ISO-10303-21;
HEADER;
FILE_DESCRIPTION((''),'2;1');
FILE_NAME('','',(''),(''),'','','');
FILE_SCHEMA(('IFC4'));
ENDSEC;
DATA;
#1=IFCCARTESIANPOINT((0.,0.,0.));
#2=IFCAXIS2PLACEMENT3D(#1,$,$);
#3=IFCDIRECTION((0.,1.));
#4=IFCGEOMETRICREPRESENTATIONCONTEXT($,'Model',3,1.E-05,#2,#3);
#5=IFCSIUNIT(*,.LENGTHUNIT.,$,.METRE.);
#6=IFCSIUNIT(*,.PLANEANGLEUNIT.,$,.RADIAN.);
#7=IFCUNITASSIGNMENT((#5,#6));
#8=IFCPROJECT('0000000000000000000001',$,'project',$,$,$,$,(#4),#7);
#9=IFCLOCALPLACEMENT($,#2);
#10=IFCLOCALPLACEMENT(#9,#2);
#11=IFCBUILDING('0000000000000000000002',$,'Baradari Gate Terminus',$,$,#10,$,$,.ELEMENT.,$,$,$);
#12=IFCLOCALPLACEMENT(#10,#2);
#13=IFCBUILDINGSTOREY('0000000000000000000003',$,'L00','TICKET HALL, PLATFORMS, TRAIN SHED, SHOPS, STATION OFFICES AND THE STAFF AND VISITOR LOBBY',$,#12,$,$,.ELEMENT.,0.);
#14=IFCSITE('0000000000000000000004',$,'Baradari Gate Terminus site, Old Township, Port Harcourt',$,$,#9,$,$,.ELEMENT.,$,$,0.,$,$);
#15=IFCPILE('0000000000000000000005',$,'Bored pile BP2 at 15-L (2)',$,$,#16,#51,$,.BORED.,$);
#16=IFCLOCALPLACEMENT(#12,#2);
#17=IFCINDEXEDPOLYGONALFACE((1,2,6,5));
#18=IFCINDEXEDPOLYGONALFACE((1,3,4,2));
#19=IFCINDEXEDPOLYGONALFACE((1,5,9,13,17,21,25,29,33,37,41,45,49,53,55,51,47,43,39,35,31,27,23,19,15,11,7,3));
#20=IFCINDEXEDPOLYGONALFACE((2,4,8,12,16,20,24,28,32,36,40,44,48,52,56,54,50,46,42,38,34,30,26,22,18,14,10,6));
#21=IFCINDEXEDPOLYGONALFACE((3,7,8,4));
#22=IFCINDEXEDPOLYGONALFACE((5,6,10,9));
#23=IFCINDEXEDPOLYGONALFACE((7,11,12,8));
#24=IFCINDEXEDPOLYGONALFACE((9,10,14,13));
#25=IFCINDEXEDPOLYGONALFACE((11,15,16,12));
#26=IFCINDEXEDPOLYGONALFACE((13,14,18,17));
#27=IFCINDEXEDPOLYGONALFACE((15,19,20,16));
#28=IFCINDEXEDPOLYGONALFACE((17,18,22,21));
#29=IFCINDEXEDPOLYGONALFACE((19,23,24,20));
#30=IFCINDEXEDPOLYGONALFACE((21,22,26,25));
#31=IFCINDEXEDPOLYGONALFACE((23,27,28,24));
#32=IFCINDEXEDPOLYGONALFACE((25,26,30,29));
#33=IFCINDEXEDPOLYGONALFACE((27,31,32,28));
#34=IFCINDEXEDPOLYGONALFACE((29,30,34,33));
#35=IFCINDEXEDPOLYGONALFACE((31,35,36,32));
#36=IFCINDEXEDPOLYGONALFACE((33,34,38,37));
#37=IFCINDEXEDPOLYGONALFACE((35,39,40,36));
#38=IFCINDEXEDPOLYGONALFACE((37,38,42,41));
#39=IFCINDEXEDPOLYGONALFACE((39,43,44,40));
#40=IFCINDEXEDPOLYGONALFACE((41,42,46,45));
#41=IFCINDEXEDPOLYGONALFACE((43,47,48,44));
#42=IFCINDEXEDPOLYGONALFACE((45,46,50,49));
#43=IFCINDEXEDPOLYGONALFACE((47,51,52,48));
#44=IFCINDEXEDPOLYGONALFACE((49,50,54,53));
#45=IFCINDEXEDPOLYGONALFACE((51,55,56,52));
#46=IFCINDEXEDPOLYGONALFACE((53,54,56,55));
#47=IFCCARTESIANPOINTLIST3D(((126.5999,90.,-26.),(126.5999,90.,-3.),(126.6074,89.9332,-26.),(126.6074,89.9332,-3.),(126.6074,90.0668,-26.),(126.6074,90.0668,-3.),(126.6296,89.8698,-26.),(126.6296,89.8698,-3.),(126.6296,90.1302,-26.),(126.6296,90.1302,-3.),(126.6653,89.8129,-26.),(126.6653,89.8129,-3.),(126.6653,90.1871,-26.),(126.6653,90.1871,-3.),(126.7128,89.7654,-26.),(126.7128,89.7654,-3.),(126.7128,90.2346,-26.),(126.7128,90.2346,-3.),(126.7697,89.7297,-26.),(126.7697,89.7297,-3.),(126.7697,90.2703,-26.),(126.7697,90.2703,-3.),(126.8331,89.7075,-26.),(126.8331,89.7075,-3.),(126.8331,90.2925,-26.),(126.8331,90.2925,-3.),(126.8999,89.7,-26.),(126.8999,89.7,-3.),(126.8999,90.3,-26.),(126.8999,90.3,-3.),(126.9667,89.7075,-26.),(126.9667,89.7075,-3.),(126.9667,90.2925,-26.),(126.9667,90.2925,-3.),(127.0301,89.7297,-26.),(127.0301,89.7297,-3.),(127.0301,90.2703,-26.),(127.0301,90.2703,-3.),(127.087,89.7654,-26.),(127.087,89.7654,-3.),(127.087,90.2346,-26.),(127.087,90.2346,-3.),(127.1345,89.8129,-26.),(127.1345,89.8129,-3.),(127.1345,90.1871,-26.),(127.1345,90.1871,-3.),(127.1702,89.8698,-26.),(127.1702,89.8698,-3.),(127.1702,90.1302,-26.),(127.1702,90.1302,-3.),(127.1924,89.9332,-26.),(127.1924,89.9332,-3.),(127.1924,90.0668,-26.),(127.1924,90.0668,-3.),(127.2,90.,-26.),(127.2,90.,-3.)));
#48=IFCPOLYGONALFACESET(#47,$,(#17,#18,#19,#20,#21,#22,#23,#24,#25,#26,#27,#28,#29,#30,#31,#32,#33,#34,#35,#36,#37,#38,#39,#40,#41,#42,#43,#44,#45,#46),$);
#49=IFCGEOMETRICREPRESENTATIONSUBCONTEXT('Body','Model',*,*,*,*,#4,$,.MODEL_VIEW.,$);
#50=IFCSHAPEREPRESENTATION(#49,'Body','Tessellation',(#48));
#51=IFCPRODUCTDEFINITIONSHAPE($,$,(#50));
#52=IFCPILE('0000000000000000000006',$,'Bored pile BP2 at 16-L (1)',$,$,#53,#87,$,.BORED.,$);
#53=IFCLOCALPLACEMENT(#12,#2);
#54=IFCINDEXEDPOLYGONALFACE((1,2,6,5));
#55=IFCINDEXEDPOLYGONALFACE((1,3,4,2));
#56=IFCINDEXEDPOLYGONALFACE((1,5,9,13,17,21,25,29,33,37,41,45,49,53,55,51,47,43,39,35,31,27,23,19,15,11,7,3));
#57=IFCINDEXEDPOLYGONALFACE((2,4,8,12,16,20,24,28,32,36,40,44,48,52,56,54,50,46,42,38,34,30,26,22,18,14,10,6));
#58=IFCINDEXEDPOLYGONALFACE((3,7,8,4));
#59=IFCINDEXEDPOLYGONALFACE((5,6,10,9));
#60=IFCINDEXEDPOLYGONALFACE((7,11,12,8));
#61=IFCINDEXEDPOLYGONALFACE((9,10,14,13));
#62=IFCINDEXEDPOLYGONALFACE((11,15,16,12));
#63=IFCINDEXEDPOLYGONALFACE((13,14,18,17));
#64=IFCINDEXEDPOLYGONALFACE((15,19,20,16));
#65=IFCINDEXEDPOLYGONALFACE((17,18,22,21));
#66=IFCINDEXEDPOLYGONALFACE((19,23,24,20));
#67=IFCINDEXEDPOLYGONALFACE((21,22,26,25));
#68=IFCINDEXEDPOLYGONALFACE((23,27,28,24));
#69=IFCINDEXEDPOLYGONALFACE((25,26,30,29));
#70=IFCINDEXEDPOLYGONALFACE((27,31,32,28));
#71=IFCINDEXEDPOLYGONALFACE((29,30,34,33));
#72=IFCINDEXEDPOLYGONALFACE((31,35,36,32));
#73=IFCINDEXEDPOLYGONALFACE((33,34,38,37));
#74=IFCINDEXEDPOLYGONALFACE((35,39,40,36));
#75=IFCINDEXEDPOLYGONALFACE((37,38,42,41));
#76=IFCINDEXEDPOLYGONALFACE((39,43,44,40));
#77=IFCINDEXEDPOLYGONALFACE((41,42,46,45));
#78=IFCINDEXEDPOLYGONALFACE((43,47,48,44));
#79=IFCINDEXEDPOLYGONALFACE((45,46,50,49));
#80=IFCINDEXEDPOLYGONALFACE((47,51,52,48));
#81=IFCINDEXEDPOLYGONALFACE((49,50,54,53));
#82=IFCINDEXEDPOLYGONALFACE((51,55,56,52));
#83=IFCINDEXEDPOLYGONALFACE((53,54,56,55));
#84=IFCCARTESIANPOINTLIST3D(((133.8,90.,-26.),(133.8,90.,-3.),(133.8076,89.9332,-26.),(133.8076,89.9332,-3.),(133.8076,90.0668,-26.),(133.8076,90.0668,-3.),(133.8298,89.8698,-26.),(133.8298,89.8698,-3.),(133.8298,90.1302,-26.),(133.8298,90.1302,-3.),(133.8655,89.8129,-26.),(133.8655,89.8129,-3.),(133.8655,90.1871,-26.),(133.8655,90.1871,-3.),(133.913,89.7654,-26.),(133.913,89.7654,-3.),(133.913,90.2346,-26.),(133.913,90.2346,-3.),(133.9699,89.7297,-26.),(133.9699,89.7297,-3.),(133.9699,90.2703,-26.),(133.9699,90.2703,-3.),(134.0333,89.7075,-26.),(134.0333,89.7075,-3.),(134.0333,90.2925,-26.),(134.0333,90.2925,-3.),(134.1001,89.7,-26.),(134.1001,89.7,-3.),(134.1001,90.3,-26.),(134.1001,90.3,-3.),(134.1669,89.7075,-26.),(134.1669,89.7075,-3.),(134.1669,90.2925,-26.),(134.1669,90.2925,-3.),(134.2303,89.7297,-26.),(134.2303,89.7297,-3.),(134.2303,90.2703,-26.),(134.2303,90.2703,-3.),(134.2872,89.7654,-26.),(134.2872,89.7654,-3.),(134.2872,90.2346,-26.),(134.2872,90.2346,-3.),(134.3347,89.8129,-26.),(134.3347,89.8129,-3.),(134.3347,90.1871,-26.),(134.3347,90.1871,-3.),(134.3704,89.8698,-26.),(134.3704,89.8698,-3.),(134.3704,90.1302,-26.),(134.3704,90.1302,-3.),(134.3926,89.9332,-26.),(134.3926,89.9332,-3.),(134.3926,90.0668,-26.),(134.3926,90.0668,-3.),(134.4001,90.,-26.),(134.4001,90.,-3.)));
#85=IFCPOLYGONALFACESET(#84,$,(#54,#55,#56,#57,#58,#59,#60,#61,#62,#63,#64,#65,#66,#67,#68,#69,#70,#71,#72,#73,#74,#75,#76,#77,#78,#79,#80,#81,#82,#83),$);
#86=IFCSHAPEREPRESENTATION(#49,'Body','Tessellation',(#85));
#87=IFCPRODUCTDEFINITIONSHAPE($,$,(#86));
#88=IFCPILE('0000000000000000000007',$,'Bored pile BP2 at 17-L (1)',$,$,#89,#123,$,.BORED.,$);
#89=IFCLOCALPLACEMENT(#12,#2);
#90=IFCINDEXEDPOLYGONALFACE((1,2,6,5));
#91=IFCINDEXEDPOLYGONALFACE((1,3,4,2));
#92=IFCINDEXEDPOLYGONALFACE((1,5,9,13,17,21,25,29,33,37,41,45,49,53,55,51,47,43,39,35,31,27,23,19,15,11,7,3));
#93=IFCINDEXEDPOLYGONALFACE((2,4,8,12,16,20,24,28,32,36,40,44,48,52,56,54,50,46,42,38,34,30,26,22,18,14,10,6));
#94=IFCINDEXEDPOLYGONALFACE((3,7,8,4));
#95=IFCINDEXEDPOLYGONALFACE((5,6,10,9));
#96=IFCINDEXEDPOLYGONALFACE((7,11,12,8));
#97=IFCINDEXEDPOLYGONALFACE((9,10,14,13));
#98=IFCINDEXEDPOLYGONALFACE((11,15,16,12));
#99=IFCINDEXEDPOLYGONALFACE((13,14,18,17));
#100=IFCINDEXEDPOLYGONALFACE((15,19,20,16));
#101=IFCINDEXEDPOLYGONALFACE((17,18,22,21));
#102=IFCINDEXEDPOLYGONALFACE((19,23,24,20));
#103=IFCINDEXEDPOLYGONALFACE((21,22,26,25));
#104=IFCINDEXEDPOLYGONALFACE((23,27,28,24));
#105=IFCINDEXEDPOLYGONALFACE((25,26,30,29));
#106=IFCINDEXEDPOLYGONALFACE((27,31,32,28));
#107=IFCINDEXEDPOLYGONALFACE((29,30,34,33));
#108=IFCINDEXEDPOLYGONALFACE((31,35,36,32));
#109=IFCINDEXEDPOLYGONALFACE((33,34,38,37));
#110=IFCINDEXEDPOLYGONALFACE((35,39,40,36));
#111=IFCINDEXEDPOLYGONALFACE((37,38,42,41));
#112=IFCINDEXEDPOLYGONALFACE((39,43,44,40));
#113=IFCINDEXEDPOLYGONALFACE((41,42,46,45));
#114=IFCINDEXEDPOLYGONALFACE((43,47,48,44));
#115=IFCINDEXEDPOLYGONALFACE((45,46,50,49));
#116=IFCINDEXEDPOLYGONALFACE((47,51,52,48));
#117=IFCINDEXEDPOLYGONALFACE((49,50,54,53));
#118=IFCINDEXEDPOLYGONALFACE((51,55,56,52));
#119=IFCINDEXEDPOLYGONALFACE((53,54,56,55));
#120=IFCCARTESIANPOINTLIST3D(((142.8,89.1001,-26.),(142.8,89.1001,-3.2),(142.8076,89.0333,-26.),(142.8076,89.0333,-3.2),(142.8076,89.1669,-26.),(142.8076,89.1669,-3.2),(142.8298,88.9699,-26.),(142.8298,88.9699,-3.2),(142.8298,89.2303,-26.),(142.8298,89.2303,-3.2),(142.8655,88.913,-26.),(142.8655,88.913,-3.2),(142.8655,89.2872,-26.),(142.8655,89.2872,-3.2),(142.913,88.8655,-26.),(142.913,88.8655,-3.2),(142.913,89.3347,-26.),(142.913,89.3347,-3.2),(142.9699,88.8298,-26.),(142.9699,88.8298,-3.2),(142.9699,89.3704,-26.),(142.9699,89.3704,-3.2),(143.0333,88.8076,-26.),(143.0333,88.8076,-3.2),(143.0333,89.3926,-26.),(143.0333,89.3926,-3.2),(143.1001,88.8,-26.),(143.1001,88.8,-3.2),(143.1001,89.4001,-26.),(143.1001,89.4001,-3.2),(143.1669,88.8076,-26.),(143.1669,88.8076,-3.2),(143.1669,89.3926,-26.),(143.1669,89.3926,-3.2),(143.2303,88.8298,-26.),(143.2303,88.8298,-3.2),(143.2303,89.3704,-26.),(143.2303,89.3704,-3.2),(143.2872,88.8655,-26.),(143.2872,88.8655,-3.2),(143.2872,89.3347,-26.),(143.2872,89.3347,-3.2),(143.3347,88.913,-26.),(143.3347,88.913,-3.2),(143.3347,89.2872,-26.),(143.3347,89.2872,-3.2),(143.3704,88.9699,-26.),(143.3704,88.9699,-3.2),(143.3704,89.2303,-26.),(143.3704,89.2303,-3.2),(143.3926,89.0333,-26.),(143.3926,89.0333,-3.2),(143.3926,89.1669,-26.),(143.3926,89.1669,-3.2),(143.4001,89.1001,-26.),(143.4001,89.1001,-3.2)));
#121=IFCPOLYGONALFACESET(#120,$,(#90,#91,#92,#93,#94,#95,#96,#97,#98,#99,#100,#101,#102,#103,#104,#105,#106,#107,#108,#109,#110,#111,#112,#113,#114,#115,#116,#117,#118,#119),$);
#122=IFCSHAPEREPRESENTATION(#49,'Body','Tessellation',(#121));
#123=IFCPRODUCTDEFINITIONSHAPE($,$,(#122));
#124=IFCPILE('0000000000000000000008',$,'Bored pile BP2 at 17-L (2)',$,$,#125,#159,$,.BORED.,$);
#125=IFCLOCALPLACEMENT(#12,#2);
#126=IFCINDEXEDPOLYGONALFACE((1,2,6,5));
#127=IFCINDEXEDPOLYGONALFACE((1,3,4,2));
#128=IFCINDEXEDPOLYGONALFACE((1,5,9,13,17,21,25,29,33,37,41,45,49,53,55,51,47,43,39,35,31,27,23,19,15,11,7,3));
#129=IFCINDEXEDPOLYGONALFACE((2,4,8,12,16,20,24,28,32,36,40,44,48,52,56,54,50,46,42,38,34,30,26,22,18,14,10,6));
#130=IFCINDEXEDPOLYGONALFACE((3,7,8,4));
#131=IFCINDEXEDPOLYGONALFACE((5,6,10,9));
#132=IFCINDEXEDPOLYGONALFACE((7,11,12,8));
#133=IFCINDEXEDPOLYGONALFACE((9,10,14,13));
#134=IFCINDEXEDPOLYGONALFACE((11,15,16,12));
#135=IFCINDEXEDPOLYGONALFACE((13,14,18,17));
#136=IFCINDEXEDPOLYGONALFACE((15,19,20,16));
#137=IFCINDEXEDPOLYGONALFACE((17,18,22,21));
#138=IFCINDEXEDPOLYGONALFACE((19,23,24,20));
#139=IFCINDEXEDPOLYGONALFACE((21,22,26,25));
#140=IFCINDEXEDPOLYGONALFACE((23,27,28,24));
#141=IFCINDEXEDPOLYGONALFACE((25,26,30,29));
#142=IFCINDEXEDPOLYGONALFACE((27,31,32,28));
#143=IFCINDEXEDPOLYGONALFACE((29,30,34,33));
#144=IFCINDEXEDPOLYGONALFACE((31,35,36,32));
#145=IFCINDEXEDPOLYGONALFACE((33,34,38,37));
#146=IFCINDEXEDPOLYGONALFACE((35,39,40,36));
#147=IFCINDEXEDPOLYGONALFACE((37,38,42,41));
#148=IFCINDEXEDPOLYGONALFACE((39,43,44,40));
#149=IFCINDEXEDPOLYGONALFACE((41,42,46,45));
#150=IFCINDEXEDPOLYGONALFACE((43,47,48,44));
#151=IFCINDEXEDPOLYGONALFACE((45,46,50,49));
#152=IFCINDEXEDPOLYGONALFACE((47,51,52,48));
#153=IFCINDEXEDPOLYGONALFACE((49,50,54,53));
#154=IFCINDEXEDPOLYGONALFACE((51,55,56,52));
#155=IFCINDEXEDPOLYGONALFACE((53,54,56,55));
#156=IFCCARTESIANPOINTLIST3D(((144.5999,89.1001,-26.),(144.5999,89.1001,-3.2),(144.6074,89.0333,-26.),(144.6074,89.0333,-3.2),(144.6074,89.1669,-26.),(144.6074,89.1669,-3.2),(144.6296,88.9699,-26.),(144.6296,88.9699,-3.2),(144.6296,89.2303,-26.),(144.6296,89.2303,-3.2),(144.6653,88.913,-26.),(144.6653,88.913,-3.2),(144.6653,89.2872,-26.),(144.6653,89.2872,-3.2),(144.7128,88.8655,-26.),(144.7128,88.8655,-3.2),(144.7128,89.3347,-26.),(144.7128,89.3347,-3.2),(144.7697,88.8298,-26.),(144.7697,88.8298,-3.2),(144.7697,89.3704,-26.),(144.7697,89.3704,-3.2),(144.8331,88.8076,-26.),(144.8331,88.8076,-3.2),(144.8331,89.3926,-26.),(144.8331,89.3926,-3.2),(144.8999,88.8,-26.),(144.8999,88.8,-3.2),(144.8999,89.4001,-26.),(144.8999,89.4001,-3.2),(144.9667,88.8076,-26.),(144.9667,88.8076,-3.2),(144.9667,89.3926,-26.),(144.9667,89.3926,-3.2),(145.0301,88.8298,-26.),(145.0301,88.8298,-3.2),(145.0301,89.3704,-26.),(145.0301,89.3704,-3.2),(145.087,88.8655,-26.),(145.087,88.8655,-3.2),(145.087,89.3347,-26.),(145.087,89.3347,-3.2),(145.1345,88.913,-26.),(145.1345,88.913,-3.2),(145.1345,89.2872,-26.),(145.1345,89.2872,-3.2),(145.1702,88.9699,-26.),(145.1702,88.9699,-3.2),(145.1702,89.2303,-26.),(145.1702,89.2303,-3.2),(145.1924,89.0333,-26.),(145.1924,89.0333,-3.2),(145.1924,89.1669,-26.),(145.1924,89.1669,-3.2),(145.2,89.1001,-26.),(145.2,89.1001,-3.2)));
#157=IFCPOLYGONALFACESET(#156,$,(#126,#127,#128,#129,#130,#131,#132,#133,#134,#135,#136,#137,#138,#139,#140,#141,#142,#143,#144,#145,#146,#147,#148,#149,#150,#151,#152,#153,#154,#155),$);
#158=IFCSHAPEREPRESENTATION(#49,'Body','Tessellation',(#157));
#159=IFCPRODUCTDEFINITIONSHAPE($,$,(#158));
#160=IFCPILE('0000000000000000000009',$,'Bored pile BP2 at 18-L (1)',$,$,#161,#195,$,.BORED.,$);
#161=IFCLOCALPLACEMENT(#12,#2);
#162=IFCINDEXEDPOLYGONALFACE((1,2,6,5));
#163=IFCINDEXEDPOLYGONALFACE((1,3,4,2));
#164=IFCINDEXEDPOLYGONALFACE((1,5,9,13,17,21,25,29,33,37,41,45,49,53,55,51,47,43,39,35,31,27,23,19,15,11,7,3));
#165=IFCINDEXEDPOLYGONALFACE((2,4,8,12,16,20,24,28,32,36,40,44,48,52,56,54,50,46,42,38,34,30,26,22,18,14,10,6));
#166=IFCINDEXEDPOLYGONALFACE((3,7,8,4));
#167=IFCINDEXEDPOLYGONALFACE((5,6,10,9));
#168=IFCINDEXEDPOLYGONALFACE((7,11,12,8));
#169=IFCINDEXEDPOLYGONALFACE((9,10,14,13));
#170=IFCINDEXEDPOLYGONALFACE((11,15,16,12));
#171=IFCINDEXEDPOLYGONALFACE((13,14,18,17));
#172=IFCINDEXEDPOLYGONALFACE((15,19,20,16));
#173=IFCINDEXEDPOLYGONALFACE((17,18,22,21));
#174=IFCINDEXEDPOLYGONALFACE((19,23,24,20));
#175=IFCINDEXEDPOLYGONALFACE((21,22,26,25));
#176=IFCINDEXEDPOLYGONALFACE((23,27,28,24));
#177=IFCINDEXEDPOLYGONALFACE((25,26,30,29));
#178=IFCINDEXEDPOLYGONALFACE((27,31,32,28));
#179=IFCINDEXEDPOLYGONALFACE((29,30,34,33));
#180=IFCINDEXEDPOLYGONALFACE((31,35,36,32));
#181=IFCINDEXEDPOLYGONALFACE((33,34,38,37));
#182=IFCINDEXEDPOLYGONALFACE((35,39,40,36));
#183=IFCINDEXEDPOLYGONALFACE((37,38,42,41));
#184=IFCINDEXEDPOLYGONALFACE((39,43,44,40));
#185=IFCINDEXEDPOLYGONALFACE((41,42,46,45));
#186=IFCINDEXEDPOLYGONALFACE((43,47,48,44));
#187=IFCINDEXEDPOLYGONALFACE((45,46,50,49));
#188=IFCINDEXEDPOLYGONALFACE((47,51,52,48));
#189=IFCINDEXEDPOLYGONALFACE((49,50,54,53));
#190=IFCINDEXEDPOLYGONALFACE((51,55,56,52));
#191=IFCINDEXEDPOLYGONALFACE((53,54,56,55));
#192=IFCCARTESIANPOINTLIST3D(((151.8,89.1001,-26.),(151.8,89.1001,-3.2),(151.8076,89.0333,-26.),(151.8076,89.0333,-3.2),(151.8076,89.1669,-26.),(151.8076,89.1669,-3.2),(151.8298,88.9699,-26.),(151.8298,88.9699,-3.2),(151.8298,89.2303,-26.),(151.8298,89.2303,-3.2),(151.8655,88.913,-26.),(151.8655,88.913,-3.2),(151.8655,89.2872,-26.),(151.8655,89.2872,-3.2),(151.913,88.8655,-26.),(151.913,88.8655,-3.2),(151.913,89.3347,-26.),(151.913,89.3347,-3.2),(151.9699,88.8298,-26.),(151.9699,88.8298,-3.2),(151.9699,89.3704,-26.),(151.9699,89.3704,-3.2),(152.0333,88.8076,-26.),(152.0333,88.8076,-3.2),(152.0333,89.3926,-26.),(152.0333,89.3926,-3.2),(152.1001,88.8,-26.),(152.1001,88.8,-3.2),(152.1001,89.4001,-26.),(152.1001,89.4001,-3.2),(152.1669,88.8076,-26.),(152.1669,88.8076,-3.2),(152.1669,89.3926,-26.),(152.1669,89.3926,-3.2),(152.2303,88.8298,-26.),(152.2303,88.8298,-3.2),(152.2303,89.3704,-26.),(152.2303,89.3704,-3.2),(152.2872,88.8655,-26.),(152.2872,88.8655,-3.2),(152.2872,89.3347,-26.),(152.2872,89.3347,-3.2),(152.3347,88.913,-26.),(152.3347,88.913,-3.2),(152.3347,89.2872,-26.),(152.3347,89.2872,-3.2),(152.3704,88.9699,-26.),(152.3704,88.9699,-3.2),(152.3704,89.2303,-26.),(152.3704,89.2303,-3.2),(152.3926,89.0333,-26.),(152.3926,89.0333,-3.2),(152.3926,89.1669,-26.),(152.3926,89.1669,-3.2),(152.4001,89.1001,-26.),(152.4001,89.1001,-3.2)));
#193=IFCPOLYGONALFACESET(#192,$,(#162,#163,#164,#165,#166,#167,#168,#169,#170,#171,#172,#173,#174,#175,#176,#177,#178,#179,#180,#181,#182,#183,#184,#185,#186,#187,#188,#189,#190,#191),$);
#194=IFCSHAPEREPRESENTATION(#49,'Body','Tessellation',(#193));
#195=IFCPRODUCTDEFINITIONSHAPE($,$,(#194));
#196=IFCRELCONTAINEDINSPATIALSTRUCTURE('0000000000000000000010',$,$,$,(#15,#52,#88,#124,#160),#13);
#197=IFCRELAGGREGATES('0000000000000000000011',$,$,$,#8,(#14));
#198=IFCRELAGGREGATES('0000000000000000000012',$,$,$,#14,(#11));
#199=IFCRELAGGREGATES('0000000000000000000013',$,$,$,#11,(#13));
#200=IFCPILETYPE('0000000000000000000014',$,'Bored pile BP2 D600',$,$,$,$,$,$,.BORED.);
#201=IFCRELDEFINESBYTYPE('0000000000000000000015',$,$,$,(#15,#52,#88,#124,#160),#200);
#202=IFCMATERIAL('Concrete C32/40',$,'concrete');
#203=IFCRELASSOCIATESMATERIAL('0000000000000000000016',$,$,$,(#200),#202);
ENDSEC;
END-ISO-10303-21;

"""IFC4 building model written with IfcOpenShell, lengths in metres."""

from ifc_helpers import new_model, si_unit, direction, frame, origin, origin_2d, place, context, subcontext, project, spatial, circle, extrude, material, type_object, element, save


model = new_model("IFC4")

# Units and contexts
model_context = context("Model", 3, precision=1e-05, world=origin(), true_north=direction((0.0, 1.0)))
body_context = subcontext(model_context, "Body", "Model", "MODEL_VIEW")
ifc_project = project(units=[si_unit("LENGTHUNIT", "METRE"), si_unit("PLANEANGLEUNIT", "RADIAN")], contexts=[model_context])

# Site, building, storey
site_placement = place(None, origin())
site = spatial("IfcSite", under=ifc_project, at=site_placement, Name="Baradari Gate Terminus site, Old Township, Port Harcourt", CompositionType="ELEMENT", RefElevation=0.0)
building_placement = place(site_placement, origin())
building = spatial("IfcBuilding", under=site, at=building_placement, Name="Baradari Gate Terminus", CompositionType="ELEMENT")
storey_placement = place(building_placement, origin())
storey = spatial("IfcBuildingStorey", under=building, at=storey_placement, Name="L00", Description="TICKET HALL, PLATFORMS, TRAIN SHED, SHOPS, STATION OFFICES AND THE STAFF AND VISITOR LOBBY", CompositionType="ELEMENT", Elevation=0.0)

# Piles
ifc_material_1 = material(Name="Concrete C32/40", Category="concrete")
pile_type_1 = type_object("IfcPileType", Name="Bored pile BP2 D600", PredefinedType="BORED", material=ifc_material_1)
for number, where, z_axis, x_axis, name in (
    (1, (126.8999, 90.0, -3.0), (0.0, 0.0, -1.0), (1.0, 0.0, 0.0), "Bored pile BP2 at 15-L (2)"),
    (2, (134.1001, 90.0, -3.0), (0.0, 0.0, -1.0), (1.0, 0.0, 0.0), "Bored pile BP2 at 16-L (1)"),
):
    element("IfcPile", number, at=place(storey_placement, frame(where, z_axis=z_axis, x_axis=x_axis)), inside=storey, type_object=pile_type_1, Name=name, PredefinedType="BORED", context=body_context, shape_type="SweptSolid", body=[
        extrude(circle(Radius=0.3, at=origin_2d()), origin(), (0.0, 0.0, 1.0), 23.0),
    ])
for number, where, z_axis, x_axis, name in (
    (3, (143.1001, 89.1001, -3.2), (0.0, 0.0, -1.0), (1.0, 0.0, 0.0), "Bored pile BP2 at 17-L (1)"),
    (4, (144.8999, 89.1001, -3.2), (0.0, 0.0, -1.0), (1.0, 0.0, 0.0), "Bored pile BP2 at 17-L (2)"),
    (5, (152.1001, 89.1001, -3.2), (0.0, 0.0, -1.0), (1.0, 0.0, 0.0), "Bored pile BP2 at 18-L (1)"),
):
    element("IfcPile", number, at=place(storey_placement, frame(where, z_axis=z_axis, x_axis=x_axis)), inside=storey, type_object=pile_type_1, Name=name, PredefinedType="BORED", context=body_context, shape_type="SweptSolid", body=[
        extrude(circle(Radius=0.3, at=origin_2d()), origin(), (0.0, 0.0, 1.0), 22.8),
    ])

save(model, "model.ifc")
